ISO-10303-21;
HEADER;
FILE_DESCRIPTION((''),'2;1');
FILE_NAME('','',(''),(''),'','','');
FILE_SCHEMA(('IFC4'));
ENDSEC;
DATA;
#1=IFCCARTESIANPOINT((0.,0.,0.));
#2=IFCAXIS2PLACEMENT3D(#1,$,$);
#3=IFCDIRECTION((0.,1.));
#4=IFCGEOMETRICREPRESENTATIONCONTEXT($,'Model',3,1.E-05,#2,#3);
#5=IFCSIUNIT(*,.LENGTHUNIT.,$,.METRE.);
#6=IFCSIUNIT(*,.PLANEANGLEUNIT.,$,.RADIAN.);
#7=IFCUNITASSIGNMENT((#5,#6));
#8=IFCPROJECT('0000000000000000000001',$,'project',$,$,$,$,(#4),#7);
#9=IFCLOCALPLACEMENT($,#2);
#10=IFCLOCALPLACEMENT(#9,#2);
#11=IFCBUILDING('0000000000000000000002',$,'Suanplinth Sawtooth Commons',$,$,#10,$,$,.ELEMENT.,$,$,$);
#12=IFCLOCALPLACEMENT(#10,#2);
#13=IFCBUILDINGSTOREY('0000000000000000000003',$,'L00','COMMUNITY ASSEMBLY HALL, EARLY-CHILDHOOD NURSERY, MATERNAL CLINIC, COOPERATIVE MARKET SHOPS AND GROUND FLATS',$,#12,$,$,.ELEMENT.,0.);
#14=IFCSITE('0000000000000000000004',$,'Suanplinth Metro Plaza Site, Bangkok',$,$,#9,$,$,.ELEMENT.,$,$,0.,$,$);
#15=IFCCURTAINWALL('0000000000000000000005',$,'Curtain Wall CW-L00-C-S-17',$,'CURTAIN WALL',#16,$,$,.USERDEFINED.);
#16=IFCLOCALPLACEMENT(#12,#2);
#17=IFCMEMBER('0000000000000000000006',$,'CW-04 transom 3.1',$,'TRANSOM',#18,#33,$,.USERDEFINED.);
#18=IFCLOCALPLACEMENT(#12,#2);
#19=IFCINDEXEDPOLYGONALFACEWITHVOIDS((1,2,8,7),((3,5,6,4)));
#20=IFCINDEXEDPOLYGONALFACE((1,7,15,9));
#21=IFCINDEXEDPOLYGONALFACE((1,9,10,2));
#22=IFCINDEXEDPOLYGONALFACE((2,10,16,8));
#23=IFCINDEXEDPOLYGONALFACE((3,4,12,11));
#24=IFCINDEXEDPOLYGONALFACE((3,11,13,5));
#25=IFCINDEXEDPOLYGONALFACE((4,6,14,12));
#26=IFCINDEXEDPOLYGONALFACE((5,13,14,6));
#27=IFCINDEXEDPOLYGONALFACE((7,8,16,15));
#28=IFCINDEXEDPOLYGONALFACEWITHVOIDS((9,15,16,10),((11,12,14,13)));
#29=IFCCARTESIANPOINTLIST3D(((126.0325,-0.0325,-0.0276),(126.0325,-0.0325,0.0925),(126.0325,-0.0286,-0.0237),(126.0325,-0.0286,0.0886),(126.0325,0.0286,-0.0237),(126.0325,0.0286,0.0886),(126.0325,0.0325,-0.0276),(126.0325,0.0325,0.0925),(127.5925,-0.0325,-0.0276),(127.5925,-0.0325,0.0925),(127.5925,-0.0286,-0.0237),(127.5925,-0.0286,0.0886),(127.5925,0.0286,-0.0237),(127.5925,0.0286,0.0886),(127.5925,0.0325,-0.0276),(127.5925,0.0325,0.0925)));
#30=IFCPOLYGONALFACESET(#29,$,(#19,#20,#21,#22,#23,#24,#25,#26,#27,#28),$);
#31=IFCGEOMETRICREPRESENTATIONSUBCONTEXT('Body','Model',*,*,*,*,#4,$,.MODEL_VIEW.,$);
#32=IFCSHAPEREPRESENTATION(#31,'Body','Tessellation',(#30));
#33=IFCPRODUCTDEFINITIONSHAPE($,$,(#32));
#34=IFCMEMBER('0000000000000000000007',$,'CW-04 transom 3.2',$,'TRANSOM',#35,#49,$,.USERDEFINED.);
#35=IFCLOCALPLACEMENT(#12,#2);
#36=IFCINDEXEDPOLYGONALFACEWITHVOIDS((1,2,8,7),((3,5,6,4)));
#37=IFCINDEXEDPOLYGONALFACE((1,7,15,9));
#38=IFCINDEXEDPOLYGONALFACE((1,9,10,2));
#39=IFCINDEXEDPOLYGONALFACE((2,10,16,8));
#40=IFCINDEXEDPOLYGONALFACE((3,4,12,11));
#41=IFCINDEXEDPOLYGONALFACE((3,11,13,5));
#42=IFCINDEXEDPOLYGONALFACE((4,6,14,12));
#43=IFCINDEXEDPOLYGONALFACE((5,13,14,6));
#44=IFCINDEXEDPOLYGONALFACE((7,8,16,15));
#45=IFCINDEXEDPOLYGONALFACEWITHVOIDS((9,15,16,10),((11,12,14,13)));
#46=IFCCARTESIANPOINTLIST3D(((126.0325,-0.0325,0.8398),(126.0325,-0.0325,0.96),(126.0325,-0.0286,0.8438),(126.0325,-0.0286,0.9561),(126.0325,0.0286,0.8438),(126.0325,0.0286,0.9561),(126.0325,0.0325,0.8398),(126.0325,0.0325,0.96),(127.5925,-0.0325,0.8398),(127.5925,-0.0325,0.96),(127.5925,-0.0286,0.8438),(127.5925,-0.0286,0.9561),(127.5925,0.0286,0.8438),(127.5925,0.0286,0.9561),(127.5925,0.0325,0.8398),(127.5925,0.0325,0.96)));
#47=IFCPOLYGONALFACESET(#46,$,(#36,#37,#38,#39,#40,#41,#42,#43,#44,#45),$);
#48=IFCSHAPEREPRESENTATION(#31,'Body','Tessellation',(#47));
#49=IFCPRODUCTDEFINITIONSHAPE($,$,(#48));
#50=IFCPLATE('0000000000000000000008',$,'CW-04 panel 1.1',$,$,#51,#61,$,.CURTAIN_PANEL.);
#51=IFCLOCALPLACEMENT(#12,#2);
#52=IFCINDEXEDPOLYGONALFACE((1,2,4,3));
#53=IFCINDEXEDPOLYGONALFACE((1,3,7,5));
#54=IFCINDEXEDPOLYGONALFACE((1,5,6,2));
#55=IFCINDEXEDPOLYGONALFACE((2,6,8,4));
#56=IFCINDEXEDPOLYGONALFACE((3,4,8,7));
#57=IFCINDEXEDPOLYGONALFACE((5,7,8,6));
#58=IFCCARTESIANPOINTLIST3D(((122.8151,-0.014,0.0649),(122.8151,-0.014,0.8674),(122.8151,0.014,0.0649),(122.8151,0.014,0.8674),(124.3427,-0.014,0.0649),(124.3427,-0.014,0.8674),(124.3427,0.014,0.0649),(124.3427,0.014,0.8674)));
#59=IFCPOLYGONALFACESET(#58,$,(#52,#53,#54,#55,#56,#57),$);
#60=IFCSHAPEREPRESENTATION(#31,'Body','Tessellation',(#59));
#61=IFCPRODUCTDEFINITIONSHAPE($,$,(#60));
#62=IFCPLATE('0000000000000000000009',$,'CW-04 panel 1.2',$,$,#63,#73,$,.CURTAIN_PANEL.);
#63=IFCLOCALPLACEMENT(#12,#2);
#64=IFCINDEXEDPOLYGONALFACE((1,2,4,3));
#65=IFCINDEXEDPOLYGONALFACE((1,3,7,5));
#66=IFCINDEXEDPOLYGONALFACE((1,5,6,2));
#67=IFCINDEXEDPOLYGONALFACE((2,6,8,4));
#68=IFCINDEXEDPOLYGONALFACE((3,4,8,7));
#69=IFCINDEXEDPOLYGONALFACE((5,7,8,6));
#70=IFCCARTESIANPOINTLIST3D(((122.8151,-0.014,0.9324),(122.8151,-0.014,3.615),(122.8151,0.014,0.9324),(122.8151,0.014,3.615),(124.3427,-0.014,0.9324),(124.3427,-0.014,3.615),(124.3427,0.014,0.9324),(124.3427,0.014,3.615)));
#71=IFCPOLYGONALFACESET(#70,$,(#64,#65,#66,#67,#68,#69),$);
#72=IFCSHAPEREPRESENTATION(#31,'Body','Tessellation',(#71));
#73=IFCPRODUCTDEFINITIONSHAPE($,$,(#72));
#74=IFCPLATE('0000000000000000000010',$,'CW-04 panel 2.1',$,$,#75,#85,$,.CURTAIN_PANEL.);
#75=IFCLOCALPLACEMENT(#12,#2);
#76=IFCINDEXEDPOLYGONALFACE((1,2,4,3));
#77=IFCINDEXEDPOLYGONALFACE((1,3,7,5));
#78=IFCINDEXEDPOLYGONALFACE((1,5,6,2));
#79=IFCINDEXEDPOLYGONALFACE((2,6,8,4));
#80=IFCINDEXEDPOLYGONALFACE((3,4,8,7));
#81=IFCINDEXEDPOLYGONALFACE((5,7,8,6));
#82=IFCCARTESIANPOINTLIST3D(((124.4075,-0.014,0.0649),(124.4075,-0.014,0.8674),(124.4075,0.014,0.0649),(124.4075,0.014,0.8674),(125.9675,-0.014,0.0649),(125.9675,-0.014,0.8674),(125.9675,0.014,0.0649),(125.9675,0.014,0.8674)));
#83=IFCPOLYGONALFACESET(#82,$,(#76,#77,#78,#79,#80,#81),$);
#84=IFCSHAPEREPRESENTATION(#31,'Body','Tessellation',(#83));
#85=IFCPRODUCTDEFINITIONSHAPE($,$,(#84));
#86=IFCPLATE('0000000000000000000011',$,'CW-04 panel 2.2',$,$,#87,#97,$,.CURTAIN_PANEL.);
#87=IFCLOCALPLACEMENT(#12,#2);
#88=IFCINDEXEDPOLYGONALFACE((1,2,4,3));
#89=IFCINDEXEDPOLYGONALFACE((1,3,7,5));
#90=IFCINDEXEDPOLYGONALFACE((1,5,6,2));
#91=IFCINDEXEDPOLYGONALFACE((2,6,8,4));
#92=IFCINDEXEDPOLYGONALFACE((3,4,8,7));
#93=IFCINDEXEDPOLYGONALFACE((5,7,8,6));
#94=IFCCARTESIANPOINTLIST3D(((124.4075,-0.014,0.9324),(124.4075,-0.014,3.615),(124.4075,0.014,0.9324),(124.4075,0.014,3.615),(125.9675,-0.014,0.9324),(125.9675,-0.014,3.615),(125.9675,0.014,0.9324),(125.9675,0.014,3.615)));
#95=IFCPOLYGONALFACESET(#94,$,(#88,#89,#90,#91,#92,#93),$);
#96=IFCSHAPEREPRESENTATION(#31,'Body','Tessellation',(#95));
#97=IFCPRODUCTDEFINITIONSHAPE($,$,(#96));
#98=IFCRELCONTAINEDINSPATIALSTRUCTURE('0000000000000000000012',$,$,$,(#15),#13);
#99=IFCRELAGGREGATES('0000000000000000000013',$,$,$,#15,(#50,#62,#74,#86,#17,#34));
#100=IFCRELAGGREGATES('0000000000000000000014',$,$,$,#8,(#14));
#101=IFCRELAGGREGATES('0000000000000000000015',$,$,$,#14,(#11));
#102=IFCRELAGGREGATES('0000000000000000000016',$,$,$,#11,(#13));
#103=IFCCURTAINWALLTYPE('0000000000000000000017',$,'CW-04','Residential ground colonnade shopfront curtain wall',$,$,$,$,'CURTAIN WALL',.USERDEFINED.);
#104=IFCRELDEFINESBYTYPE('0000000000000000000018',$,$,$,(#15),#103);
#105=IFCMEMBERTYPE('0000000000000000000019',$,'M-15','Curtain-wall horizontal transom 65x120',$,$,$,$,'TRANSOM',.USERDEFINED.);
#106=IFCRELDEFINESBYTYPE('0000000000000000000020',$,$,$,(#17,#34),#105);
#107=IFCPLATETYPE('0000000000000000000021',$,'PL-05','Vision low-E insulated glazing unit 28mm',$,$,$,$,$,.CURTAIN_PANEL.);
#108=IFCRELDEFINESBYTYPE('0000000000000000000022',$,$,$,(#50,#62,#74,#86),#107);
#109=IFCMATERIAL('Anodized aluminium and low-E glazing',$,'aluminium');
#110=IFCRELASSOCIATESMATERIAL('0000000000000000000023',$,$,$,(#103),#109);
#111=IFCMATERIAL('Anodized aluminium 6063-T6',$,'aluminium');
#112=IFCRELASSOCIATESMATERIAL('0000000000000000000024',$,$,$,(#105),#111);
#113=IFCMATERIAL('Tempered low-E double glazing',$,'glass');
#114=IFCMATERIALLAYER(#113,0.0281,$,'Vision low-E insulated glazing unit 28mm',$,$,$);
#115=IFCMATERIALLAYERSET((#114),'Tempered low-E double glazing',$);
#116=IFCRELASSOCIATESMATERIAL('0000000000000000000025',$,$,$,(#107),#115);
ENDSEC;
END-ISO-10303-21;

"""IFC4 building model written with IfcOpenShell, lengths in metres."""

from ifc_helpers import new_model, si_unit, direction, frame, origin, origin_2d, place, context, subcontext, project, spatial, rectangle, hollow_rectangle, extrude, material, layer, layer_set, material_profile, profile_set, type_object, element, aggregate, save


model = new_model("IFC4")

# Units and contexts
model_context = context("Model", 3, precision=1e-05, world=origin(), true_north=direction((0.0, 1.0)))
body_context = subcontext(model_context, "Body", "Model", "MODEL_VIEW")
ifc_project = project(units=[si_unit("LENGTHUNIT", "METRE"), si_unit("PLANEANGLEUNIT", "RADIAN")], contexts=[model_context])

# Site, building, storey
site_placement = place(None, origin())
site = spatial("IfcSite", under=ifc_project, at=site_placement, Name="Suanplinth Metro Plaza Site, Bangkok", CompositionType="ELEMENT", RefElevation=0.0)
building_placement = place(site_placement, origin())
building = spatial("IfcBuilding", under=site, at=building_placement, Name="Suanplinth Sawtooth Commons", CompositionType="ELEMENT")
storey_placement = place(building_placement, origin())
storey = spatial("IfcBuildingStorey", under=building, at=storey_placement, Name="L00", Description="COMMUNITY ASSEMBLY HALL, EARLY-CHILDHOOD NURSERY, MATERNAL CLINIC, COOPERATIVE MARKET SHOPS AND GROUND FLATS", CompositionType="ELEMENT", Elevation=0.0)

# Curtain wall, members, plates
ifc_material_1 = material(Name="Anodized aluminium and low-E glazing", Category="aluminium")
curtain_wall_type = type_object("IfcCurtainWallType", Name="CW-04", Description="Residential ground colonnade shopfront curtain wall", ElementType="CURTAIN WALL", PredefinedType="USERDEFINED", material=ifc_material_1)
curtain_wall_placement = place(storey_placement, origin())
curtain_wall = element("IfcCurtainWall", 1, at=curtain_wall_placement, inside=storey, type_object=curtain_wall_type, Name="Curtain Wall CW-L00-C-S-17", ObjectType="CURTAIN WALL", PredefinedType="USERDEFINED")
ifc_material_2 = material(Name="Anodized aluminium 6063-T6", Category="aluminium")
ifc_material_profile_1 = material_profile(ifc_material_2, hollow_rectangle(XDim=0.0649, YDim=0.1201, WallThickness=0.0039, at=origin_2d()), Name="ALU-TRN 65x120")
ifc_profile_set_1 = profile_set([ifc_material_profile_1], Name="Anodized aluminium 6063-T6")
member_type_1 = type_object("IfcMemberType", Name="M-15", Description="Curtain-wall horizontal transom 65x120", ElementType="TRANSOM", PredefinedType="USERDEFINED", material=ifc_profile_set_1)
member_1_placement = place(storey_placement, frame((126.0325, 0.0, 0.0325), z_axis=(1.0, 0.0, 0.0), x_axis=(0.0, 1.0, 0.0)))
member_1 = element("IfcMember", 2, at=member_1_placement, type_object=member_type_1, Name="CW-04 transom 3.1", ObjectType="TRANSOM", PredefinedType="USERDEFINED", context=body_context, shape_type="SweptSolid", body=[
    extrude(hollow_rectangle(XDim=0.0649, YDim=0.1201, WallThickness=0.0039, at=origin_2d()), origin(), (0.0, 0.0, 1.0), 1.5601),
])
member_2_placement = place(storey_placement, frame((126.0325, 0.0, 0.8999), z_axis=(1.0, 0.0, 0.0), x_axis=(0.0, 1.0, 0.0)))
member_2 = element("IfcMember", 3, at=member_2_placement, type_object=member_type_1, Name="CW-04 transom 3.2", ObjectType="TRANSOM", PredefinedType="USERDEFINED", context=body_context, shape_type="SweptSolid", body=[
    extrude(hollow_rectangle(XDim=0.0649, YDim=0.1201, WallThickness=0.0039, at=origin_2d()), origin(), (0.0, 0.0, 1.0), 1.5601),
])
ifc_material_3 = material(Name="Tempered low-E double glazing", Category="glass")
ifc_layer = layer(ifc_material_3, 0.0281, Name="Vision low-E insulated glazing unit 28mm")
ifc_layer_set = layer_set([ifc_layer], Name="Tempered low-E double glazing")
plate_type = type_object("IfcPlateType", Name="PL-05", Description="Vision low-E insulated glazing unit 28mm", PredefinedType="CURTAIN_PANEL", material=ifc_layer_set)
plate_1_placement = place(storey_placement, frame((123.5789, 0.0, 0.0649), z_axis=(0.0, 0.0, 1.0), x_axis=(1.0, 0.0, 0.0)))
plate_1 = element("IfcPlate", 4, at=plate_1_placement, type_object=plate_type, Name="CW-04 panel 1.1", PredefinedType="CURTAIN_PANEL", context=body_context, shape_type="SweptSolid", body=[
    extrude(rectangle(XDim=1.5276, YDim=0.0281, at=origin_2d()), origin(), (0.0, 0.0, 1.0), 0.8025),
])
plate_2_placement = place(storey_placement, frame((123.5789, 0.0, 0.9324), z_axis=(0.0, 0.0, 1.0), x_axis=(1.0, 0.0, 0.0)))
plate_2 = element("IfcPlate", 5, at=plate_2_placement, type_object=plate_type, Name="CW-04 panel 1.2", PredefinedType="CURTAIN_PANEL", context=body_context, shape_type="SweptSolid", body=[
    extrude(rectangle(XDim=1.5276, YDim=0.0281, at=origin_2d()), origin(), (0.0, 0.0, 1.0), 2.6826),
])
plate_3_placement = place(storey_placement, frame((125.1875, 0.0, 0.0649), z_axis=(0.0, 0.0, 1.0), x_axis=(1.0, 0.0, 0.0)))
plate_3 = element("IfcPlate", 6, at=plate_3_placement, type_object=plate_type, Name="CW-04 panel 2.1", PredefinedType="CURTAIN_PANEL", context=body_context, shape_type="SweptSolid", body=[
    extrude(rectangle(XDim=1.5601, YDim=0.0281, at=origin_2d()), origin(), (0.0, 0.0, 1.0), 0.8025),
])
plate_4_placement = place(storey_placement, frame((125.1875, 0.0, 0.9324), z_axis=(0.0, 0.0, 1.0), x_axis=(1.0, 0.0, 0.0)))
plate_4 = element("IfcPlate", 7, at=plate_4_placement, type_object=plate_type, Name="CW-04 panel 2.2", PredefinedType="CURTAIN_PANEL", context=body_context, shape_type="SweptSolid", body=[
    extrude(rectangle(XDim=1.5601, YDim=0.0281, at=origin_2d()), origin(), (0.0, 0.0, 1.0), 2.6826),
])
aggregate(curtain_wall, [plate_1, plate_2, plate_3, plate_4, member_1, member_2])

save(model, "model.ifc")
